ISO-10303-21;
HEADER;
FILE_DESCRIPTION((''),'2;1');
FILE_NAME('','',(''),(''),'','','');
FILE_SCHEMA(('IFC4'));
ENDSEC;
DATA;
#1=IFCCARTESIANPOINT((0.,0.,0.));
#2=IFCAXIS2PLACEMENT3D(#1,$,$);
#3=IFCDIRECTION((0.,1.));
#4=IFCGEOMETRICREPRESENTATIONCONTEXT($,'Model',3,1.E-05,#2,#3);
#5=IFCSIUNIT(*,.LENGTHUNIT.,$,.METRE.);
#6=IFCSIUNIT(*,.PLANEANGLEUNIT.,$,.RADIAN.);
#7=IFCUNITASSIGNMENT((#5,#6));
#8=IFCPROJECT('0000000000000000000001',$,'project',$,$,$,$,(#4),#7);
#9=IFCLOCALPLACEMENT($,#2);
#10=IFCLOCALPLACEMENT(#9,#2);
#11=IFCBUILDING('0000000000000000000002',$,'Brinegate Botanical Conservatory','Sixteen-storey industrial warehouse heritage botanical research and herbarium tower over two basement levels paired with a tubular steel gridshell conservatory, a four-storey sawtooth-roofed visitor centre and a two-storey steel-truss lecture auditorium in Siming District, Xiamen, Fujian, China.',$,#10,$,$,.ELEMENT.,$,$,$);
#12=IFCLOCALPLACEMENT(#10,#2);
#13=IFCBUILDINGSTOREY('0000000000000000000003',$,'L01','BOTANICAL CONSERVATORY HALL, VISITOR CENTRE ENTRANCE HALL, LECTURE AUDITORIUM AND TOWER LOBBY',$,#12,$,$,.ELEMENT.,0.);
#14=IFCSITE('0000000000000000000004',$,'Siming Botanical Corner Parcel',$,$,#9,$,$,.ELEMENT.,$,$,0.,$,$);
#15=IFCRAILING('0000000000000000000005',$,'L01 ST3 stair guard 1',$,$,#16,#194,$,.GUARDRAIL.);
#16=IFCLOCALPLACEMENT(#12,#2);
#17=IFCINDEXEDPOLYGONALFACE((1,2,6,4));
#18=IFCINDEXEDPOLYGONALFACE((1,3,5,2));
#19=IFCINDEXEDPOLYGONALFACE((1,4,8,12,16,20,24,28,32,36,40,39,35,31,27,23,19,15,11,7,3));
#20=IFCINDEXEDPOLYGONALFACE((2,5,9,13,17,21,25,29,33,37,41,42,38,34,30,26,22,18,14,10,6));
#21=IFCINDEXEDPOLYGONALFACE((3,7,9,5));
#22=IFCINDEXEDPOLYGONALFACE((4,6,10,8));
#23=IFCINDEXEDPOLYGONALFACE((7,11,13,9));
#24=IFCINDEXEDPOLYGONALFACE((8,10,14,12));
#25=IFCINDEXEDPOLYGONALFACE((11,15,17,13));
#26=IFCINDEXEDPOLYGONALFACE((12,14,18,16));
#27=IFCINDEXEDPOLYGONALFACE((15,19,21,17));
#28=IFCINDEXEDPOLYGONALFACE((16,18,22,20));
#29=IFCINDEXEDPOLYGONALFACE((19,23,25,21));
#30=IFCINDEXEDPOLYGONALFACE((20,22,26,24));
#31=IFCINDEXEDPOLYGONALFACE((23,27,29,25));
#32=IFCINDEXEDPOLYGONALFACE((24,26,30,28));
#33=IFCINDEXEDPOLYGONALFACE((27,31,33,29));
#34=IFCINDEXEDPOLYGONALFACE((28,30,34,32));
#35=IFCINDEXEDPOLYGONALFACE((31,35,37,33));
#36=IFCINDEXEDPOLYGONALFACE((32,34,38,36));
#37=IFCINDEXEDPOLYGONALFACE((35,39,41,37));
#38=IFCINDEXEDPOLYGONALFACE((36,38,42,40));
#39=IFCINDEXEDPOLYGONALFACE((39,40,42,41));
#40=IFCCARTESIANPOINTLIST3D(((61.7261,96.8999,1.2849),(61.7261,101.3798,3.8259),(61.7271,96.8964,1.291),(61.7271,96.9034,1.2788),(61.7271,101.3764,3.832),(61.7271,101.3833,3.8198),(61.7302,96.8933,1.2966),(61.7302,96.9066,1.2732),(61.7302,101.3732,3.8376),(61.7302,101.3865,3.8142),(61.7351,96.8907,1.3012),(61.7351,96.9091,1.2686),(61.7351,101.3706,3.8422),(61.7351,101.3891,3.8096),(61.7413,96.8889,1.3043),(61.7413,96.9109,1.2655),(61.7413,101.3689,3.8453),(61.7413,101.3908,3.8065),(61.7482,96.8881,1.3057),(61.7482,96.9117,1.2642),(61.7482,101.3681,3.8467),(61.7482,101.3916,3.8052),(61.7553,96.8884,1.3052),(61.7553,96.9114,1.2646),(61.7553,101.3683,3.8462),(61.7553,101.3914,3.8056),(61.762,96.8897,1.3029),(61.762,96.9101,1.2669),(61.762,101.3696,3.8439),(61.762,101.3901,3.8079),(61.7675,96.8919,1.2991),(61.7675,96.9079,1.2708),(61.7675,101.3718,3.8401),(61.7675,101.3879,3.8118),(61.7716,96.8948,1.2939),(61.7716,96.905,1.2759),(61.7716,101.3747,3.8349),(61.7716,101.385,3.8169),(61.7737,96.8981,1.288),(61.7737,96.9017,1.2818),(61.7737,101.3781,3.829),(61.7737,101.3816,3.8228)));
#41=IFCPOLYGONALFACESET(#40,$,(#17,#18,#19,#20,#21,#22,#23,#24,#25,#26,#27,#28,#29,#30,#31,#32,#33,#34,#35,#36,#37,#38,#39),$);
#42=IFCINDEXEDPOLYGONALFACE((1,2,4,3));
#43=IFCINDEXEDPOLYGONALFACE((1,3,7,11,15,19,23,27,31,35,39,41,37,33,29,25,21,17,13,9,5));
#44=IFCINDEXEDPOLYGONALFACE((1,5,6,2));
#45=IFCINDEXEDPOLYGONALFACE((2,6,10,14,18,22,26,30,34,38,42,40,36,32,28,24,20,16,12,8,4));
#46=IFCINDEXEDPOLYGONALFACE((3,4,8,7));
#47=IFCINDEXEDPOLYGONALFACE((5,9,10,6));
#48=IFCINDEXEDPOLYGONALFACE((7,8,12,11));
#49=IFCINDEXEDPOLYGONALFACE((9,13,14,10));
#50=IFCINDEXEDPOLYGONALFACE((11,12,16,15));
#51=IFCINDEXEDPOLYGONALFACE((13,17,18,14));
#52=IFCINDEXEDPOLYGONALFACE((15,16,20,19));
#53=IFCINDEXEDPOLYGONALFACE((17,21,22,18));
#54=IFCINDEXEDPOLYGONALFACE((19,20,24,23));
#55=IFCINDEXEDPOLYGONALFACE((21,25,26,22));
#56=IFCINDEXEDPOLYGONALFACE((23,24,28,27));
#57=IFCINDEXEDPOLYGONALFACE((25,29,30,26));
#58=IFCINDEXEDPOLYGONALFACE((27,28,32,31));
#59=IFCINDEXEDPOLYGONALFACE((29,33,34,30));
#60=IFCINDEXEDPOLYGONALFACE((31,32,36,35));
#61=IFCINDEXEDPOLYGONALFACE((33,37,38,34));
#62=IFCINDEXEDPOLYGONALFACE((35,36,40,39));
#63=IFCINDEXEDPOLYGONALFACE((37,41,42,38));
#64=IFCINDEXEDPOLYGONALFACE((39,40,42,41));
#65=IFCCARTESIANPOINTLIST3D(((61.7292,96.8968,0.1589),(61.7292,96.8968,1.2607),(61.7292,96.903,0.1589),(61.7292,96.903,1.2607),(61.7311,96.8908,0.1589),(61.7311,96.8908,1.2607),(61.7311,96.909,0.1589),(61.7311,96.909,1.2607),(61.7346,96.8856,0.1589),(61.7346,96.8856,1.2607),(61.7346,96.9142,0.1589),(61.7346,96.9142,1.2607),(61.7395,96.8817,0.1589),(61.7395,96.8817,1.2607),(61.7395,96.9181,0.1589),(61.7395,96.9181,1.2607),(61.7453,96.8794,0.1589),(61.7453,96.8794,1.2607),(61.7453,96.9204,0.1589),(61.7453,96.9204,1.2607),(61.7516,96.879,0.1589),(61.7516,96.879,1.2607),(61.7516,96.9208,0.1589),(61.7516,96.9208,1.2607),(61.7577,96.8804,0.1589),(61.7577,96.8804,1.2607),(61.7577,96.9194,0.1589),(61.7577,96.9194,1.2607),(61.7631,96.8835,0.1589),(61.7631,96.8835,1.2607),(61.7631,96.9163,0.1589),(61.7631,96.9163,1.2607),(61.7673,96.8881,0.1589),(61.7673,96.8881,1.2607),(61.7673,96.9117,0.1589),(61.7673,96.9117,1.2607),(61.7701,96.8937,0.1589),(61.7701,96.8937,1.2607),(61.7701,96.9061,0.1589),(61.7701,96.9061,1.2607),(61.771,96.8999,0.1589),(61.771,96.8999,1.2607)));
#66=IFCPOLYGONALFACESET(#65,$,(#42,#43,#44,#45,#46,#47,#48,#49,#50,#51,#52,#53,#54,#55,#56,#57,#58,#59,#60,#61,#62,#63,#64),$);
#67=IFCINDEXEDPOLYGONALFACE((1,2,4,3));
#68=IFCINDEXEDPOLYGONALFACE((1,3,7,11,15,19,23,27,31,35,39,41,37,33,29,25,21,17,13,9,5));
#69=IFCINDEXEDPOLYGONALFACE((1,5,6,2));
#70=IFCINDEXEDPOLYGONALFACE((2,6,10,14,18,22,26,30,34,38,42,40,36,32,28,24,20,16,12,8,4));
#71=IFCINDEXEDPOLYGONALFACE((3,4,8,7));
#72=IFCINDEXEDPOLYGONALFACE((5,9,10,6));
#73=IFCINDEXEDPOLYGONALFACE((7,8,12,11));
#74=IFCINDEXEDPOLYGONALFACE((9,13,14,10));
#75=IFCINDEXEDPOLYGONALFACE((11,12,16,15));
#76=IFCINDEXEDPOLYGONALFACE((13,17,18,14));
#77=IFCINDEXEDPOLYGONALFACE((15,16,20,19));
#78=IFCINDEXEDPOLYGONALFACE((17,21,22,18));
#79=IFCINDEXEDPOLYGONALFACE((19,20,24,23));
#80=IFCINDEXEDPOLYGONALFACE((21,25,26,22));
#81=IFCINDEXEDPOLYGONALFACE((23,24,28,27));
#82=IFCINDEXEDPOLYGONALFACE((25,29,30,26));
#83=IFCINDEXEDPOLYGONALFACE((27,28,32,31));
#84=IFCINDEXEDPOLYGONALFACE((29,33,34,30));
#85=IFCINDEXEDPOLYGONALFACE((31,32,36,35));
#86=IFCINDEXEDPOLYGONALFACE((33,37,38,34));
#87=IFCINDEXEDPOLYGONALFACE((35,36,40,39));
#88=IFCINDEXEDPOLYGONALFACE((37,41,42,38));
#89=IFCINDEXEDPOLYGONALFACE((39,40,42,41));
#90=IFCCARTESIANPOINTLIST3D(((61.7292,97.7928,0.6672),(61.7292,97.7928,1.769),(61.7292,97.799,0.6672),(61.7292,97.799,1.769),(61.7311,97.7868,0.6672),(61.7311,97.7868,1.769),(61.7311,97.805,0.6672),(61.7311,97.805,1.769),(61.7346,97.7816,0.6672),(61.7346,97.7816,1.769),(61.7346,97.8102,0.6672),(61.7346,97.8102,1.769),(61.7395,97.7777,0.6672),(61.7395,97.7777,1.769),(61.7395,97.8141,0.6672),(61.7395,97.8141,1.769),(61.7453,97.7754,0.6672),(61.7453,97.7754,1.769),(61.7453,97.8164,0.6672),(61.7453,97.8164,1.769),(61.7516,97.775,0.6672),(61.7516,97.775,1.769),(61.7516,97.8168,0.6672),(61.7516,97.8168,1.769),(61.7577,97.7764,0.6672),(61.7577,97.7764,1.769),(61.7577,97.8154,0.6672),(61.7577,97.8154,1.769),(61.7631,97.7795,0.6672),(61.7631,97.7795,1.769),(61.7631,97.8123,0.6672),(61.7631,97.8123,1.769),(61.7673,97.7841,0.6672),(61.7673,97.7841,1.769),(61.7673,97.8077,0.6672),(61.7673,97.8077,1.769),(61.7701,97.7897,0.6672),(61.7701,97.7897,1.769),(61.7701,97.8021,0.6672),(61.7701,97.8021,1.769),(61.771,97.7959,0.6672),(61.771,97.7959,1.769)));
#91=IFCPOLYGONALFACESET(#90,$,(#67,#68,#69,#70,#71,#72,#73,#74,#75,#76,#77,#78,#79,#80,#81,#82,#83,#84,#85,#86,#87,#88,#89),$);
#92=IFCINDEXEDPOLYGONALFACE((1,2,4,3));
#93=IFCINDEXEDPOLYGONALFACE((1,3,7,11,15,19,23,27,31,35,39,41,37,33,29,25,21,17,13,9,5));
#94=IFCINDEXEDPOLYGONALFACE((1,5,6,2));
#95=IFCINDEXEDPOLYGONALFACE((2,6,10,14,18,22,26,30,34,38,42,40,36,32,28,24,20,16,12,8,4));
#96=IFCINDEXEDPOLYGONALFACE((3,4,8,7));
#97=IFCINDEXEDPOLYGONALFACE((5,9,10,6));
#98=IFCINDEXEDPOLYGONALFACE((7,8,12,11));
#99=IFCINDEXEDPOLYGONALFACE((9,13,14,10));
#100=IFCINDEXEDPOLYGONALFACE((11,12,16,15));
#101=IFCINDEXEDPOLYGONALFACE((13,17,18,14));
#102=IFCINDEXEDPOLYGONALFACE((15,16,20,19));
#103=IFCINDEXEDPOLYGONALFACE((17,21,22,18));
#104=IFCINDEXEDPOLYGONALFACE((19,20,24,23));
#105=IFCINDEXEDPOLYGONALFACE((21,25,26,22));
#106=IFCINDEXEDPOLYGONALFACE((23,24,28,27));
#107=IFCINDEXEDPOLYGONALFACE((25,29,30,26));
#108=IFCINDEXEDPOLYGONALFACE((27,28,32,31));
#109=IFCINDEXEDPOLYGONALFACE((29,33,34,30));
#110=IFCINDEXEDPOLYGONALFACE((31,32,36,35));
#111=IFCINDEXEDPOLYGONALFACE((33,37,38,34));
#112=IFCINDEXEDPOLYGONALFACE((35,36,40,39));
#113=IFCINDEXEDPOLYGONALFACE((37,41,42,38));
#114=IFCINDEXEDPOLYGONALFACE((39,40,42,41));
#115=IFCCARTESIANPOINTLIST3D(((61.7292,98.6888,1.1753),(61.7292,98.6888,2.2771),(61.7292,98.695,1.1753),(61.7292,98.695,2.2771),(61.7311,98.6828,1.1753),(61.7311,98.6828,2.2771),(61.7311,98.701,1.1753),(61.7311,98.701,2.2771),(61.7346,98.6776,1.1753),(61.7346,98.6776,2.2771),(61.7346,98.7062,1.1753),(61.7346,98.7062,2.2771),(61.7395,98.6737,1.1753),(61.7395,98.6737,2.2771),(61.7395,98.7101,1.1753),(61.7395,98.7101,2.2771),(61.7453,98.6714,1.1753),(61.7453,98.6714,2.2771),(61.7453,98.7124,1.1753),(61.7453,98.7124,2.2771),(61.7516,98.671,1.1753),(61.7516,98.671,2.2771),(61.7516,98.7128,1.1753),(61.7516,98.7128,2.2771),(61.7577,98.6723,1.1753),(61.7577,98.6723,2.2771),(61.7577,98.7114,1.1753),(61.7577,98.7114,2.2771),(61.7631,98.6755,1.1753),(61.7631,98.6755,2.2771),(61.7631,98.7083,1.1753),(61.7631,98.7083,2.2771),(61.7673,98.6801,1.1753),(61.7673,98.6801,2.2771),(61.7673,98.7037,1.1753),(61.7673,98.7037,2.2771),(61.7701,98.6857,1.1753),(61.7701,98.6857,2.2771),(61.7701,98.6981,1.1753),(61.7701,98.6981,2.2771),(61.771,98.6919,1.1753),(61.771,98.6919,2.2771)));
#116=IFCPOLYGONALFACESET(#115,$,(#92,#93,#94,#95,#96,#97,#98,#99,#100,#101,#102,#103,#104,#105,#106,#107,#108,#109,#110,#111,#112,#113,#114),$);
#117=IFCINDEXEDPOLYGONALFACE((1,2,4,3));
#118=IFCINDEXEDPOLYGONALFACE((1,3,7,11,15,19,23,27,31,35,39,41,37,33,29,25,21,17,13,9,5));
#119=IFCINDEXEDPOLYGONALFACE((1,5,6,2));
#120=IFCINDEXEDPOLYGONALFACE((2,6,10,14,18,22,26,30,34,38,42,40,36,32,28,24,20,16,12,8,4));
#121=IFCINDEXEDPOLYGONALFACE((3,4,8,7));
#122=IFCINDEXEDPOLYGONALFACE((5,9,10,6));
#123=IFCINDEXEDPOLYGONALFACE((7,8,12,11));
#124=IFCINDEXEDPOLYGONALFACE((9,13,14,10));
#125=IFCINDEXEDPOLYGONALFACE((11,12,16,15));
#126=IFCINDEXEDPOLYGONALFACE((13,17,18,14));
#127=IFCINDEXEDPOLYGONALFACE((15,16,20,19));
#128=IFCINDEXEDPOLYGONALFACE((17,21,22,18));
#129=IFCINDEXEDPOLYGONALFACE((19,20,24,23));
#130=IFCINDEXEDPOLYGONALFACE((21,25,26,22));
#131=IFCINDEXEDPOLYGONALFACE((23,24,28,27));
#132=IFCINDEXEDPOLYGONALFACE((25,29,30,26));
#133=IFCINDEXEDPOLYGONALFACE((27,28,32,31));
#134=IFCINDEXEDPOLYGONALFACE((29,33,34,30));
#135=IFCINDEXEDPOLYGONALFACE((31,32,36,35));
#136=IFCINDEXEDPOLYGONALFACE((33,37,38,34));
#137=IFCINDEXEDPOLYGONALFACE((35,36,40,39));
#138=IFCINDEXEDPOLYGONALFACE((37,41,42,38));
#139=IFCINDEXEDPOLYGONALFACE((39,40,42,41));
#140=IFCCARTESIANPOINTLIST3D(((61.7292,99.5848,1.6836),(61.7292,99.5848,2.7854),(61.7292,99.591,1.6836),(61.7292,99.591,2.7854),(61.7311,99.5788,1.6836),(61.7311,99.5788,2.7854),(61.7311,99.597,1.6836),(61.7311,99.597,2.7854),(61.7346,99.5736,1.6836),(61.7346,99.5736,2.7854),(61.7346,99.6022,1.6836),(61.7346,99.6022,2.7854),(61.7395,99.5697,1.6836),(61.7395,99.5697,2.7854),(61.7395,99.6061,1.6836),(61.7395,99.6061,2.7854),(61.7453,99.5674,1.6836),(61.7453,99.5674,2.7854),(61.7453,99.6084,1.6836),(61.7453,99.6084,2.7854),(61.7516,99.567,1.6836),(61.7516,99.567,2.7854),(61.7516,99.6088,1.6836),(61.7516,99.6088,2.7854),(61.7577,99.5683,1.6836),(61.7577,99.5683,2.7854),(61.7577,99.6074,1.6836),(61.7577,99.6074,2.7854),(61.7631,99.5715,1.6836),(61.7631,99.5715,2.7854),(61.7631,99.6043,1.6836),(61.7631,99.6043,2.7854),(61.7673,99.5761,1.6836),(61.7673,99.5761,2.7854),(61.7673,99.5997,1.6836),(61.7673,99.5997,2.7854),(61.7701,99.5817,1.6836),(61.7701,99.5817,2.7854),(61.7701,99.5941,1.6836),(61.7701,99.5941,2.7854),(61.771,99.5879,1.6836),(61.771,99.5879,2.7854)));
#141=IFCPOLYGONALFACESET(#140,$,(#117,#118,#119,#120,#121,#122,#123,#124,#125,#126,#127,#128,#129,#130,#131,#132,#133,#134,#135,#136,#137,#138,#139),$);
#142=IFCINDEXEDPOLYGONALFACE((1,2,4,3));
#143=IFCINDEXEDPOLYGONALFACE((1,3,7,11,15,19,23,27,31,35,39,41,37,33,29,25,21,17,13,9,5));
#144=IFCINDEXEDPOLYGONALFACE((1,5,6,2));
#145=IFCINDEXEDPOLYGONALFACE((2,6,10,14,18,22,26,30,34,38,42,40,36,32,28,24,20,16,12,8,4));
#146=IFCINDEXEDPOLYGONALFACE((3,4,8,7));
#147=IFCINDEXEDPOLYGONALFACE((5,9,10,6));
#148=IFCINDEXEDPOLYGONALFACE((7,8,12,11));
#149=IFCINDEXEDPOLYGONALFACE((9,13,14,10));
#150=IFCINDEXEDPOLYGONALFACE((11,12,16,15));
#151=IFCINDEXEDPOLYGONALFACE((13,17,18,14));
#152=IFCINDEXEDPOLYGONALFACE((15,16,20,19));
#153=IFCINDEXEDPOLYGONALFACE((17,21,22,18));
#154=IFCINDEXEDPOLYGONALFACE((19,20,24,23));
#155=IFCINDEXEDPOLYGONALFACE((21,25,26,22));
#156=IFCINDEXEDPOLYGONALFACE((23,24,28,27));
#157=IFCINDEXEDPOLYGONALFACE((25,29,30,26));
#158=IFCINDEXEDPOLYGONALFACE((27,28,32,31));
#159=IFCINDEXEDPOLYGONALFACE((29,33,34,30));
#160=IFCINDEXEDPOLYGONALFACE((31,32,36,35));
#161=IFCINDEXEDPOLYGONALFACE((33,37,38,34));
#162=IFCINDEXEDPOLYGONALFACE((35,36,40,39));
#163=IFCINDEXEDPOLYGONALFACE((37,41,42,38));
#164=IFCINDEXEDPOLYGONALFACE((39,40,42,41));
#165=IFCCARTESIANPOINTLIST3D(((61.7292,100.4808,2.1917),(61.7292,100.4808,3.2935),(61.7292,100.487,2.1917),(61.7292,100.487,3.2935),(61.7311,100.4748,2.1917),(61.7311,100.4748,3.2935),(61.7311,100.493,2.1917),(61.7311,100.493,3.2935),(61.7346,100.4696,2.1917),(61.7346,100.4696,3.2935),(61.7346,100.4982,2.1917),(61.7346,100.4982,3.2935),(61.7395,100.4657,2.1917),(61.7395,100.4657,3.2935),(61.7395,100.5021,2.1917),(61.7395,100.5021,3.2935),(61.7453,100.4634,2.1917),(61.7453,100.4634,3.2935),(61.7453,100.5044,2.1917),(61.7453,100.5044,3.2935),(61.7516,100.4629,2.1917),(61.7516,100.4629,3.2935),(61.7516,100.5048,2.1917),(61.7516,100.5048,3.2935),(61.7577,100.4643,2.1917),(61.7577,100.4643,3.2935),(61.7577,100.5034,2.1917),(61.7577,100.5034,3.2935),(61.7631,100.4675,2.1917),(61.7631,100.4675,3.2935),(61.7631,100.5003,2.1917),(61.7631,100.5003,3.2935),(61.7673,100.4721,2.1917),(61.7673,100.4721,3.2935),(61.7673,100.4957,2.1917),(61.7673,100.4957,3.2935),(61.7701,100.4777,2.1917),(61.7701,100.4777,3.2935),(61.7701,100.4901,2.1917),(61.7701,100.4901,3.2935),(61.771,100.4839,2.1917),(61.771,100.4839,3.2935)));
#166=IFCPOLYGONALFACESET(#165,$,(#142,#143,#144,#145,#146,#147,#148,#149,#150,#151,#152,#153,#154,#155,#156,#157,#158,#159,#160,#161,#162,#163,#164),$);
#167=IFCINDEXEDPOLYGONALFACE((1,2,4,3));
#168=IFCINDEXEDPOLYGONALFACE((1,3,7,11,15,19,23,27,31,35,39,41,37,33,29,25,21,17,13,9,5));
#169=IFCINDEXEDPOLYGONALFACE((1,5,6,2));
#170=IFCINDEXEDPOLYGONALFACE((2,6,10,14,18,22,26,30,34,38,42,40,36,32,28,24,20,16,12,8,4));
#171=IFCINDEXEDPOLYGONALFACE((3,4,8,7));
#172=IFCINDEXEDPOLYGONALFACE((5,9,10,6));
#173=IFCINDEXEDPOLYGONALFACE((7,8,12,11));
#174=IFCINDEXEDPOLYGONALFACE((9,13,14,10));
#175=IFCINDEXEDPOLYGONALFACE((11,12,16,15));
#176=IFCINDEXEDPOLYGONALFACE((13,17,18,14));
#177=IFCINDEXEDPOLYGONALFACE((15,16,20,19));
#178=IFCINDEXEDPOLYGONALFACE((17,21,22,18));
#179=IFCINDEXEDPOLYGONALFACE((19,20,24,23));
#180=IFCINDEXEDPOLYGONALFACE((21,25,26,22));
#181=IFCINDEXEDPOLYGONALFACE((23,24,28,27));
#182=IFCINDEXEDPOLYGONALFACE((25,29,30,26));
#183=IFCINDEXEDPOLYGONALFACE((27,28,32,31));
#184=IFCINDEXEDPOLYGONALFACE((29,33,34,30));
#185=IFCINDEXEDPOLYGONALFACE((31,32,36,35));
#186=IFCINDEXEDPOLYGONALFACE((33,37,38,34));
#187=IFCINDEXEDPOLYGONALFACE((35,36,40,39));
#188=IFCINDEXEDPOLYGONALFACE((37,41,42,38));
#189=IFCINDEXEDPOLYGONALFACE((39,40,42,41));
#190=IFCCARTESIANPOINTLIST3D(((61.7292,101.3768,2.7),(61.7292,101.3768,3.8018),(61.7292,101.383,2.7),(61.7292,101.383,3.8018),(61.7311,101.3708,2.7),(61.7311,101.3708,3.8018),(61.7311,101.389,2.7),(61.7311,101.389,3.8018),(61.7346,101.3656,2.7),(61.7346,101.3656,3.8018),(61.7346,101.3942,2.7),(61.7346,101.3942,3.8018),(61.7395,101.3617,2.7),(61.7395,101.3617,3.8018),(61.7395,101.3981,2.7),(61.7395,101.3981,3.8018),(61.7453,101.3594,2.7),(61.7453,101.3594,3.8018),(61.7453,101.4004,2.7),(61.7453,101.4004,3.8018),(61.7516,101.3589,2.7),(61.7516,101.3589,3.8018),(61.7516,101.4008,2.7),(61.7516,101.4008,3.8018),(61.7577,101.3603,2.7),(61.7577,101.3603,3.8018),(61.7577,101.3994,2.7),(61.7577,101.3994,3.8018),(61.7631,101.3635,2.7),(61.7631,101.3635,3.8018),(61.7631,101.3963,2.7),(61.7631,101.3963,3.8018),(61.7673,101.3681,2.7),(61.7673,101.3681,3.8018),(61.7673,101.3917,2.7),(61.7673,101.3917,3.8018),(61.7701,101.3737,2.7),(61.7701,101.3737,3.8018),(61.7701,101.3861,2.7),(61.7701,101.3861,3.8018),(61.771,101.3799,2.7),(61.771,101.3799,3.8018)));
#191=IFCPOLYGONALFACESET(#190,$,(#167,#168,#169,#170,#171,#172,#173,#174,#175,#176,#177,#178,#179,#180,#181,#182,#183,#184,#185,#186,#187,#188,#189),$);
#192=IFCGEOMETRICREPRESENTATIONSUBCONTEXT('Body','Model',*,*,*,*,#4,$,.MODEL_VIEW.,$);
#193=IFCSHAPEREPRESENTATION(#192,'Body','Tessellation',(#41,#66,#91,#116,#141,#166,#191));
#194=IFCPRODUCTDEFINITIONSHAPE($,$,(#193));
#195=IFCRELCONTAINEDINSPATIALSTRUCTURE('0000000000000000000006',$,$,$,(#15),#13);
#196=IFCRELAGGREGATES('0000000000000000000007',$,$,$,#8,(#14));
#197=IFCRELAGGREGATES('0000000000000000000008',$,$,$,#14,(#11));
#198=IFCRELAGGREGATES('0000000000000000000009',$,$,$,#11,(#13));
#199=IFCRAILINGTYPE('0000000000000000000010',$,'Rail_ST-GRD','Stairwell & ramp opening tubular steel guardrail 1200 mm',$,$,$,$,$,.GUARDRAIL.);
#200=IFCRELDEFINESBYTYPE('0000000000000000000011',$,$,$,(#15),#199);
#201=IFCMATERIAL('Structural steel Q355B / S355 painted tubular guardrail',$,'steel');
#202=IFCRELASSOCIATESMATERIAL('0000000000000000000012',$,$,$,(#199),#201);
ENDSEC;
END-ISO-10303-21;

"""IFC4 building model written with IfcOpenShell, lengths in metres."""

from ifc_helpers import new_model, si_unit, direction, frame, origin, origin_2d, place, context, subcontext, project, spatial, circle, extrude, material, type_object, element, save


model = new_model("IFC4")

# Units and contexts
model_context = context("Model", 3, precision=1e-05, world=origin(), true_north=direction((0.0, 1.0)))
body_context = subcontext(model_context, "Body", "Model", "MODEL_VIEW")
ifc_project = project(units=[si_unit("LENGTHUNIT", "METRE"), si_unit("PLANEANGLEUNIT", "RADIAN")], contexts=[model_context])

# Site, building, storey
site_placement = place(None, origin())
site = spatial("IfcSite", under=ifc_project, at=site_placement, Name="Siming Botanical Corner Parcel", CompositionType="ELEMENT", RefElevation=0.0)
building_placement = place(site_placement, origin())
building = spatial("IfcBuilding", under=site, at=building_placement, Name="Brinegate Botanical Conservatory", Description="Sixteen-storey industrial warehouse heritage botanical research and herbarium tower over two basement levels paired with a tubular steel gridshell conservatory, a four-storey sawtooth-roofed visitor centre and a two-storey steel-truss lecture auditorium in Siming District, Xiamen, Fujian, China.", CompositionType="ELEMENT")
storey_placement = place(building_placement, origin())
storey = spatial("IfcBuildingStorey", under=building, at=storey_placement, Name="L01", Description="BOTANICAL CONSERVATORY HALL, VISITOR CENTRE ENTRANCE HALL, LECTURE AUDITORIUM AND TOWER LOBBY", CompositionType="ELEMENT", Elevation=0.0)

# Railing
ifc_material_1 = material(Name="Structural steel Q355B / S355 painted tubular guardrail", Category="steel")
railing_type_1 = type_object("IfcRailingType", Name="Rail_ST-GRD", Description="Stairwell & ramp opening tubular steel guardrail 1200 mm", PredefinedType="GUARDRAIL", material=ifc_material_1)
railing_1_placement = place(storey_placement, frame((61.75, 96.8999, 0.1589)))
element("IfcRailing", 1, at=railing_1_placement, inside=storey, type_object=railing_type_1, Name="L01 ST3 stair guard 1", PredefinedType="GUARDRAIL", context=body_context, shape_type="SweptSolid", body=[
    extrude(circle(Radius=0.0239, at=origin_2d()), frame((0.0, 0.0, 1.126), z_axis=(0.0, 0.869826, 0.493359), x_axis=(-1.0, 0.0, 0.0)), (0.0, 0.0, 1.0), 5.1504),
    extrude(circle(Radius=0.021, at=origin_2d()), origin(), (0.0, 0.0, 1.0), 1.1018),
    extrude(circle(Radius=0.021, at=origin_2d()), frame((0.0, 0.896, 0.5083)), (0.0, 0.0, 1.0), 1.1018),
    extrude(circle(Radius=0.021, at=origin_2d()), frame((0.0, 1.792, 1.0164)), (0.0, 0.0, 1.0), 1.1018),
    extrude(circle(Radius=0.021, at=origin_2d()), frame((0.0, 2.688, 1.5247)), (0.0, 0.0, 1.0), 1.1018),
    extrude(circle(Radius=0.021, at=origin_2d()), frame((0.0, 3.584, 2.0327)), (0.0, 0.0, 1.0), 1.1018),
    extrude(circle(Radius=0.021, at=origin_2d()), frame((0.0, 4.48, 2.541)), (0.0, 0.0, 1.0), 1.1018),
])

save(model, "model.ifc")
